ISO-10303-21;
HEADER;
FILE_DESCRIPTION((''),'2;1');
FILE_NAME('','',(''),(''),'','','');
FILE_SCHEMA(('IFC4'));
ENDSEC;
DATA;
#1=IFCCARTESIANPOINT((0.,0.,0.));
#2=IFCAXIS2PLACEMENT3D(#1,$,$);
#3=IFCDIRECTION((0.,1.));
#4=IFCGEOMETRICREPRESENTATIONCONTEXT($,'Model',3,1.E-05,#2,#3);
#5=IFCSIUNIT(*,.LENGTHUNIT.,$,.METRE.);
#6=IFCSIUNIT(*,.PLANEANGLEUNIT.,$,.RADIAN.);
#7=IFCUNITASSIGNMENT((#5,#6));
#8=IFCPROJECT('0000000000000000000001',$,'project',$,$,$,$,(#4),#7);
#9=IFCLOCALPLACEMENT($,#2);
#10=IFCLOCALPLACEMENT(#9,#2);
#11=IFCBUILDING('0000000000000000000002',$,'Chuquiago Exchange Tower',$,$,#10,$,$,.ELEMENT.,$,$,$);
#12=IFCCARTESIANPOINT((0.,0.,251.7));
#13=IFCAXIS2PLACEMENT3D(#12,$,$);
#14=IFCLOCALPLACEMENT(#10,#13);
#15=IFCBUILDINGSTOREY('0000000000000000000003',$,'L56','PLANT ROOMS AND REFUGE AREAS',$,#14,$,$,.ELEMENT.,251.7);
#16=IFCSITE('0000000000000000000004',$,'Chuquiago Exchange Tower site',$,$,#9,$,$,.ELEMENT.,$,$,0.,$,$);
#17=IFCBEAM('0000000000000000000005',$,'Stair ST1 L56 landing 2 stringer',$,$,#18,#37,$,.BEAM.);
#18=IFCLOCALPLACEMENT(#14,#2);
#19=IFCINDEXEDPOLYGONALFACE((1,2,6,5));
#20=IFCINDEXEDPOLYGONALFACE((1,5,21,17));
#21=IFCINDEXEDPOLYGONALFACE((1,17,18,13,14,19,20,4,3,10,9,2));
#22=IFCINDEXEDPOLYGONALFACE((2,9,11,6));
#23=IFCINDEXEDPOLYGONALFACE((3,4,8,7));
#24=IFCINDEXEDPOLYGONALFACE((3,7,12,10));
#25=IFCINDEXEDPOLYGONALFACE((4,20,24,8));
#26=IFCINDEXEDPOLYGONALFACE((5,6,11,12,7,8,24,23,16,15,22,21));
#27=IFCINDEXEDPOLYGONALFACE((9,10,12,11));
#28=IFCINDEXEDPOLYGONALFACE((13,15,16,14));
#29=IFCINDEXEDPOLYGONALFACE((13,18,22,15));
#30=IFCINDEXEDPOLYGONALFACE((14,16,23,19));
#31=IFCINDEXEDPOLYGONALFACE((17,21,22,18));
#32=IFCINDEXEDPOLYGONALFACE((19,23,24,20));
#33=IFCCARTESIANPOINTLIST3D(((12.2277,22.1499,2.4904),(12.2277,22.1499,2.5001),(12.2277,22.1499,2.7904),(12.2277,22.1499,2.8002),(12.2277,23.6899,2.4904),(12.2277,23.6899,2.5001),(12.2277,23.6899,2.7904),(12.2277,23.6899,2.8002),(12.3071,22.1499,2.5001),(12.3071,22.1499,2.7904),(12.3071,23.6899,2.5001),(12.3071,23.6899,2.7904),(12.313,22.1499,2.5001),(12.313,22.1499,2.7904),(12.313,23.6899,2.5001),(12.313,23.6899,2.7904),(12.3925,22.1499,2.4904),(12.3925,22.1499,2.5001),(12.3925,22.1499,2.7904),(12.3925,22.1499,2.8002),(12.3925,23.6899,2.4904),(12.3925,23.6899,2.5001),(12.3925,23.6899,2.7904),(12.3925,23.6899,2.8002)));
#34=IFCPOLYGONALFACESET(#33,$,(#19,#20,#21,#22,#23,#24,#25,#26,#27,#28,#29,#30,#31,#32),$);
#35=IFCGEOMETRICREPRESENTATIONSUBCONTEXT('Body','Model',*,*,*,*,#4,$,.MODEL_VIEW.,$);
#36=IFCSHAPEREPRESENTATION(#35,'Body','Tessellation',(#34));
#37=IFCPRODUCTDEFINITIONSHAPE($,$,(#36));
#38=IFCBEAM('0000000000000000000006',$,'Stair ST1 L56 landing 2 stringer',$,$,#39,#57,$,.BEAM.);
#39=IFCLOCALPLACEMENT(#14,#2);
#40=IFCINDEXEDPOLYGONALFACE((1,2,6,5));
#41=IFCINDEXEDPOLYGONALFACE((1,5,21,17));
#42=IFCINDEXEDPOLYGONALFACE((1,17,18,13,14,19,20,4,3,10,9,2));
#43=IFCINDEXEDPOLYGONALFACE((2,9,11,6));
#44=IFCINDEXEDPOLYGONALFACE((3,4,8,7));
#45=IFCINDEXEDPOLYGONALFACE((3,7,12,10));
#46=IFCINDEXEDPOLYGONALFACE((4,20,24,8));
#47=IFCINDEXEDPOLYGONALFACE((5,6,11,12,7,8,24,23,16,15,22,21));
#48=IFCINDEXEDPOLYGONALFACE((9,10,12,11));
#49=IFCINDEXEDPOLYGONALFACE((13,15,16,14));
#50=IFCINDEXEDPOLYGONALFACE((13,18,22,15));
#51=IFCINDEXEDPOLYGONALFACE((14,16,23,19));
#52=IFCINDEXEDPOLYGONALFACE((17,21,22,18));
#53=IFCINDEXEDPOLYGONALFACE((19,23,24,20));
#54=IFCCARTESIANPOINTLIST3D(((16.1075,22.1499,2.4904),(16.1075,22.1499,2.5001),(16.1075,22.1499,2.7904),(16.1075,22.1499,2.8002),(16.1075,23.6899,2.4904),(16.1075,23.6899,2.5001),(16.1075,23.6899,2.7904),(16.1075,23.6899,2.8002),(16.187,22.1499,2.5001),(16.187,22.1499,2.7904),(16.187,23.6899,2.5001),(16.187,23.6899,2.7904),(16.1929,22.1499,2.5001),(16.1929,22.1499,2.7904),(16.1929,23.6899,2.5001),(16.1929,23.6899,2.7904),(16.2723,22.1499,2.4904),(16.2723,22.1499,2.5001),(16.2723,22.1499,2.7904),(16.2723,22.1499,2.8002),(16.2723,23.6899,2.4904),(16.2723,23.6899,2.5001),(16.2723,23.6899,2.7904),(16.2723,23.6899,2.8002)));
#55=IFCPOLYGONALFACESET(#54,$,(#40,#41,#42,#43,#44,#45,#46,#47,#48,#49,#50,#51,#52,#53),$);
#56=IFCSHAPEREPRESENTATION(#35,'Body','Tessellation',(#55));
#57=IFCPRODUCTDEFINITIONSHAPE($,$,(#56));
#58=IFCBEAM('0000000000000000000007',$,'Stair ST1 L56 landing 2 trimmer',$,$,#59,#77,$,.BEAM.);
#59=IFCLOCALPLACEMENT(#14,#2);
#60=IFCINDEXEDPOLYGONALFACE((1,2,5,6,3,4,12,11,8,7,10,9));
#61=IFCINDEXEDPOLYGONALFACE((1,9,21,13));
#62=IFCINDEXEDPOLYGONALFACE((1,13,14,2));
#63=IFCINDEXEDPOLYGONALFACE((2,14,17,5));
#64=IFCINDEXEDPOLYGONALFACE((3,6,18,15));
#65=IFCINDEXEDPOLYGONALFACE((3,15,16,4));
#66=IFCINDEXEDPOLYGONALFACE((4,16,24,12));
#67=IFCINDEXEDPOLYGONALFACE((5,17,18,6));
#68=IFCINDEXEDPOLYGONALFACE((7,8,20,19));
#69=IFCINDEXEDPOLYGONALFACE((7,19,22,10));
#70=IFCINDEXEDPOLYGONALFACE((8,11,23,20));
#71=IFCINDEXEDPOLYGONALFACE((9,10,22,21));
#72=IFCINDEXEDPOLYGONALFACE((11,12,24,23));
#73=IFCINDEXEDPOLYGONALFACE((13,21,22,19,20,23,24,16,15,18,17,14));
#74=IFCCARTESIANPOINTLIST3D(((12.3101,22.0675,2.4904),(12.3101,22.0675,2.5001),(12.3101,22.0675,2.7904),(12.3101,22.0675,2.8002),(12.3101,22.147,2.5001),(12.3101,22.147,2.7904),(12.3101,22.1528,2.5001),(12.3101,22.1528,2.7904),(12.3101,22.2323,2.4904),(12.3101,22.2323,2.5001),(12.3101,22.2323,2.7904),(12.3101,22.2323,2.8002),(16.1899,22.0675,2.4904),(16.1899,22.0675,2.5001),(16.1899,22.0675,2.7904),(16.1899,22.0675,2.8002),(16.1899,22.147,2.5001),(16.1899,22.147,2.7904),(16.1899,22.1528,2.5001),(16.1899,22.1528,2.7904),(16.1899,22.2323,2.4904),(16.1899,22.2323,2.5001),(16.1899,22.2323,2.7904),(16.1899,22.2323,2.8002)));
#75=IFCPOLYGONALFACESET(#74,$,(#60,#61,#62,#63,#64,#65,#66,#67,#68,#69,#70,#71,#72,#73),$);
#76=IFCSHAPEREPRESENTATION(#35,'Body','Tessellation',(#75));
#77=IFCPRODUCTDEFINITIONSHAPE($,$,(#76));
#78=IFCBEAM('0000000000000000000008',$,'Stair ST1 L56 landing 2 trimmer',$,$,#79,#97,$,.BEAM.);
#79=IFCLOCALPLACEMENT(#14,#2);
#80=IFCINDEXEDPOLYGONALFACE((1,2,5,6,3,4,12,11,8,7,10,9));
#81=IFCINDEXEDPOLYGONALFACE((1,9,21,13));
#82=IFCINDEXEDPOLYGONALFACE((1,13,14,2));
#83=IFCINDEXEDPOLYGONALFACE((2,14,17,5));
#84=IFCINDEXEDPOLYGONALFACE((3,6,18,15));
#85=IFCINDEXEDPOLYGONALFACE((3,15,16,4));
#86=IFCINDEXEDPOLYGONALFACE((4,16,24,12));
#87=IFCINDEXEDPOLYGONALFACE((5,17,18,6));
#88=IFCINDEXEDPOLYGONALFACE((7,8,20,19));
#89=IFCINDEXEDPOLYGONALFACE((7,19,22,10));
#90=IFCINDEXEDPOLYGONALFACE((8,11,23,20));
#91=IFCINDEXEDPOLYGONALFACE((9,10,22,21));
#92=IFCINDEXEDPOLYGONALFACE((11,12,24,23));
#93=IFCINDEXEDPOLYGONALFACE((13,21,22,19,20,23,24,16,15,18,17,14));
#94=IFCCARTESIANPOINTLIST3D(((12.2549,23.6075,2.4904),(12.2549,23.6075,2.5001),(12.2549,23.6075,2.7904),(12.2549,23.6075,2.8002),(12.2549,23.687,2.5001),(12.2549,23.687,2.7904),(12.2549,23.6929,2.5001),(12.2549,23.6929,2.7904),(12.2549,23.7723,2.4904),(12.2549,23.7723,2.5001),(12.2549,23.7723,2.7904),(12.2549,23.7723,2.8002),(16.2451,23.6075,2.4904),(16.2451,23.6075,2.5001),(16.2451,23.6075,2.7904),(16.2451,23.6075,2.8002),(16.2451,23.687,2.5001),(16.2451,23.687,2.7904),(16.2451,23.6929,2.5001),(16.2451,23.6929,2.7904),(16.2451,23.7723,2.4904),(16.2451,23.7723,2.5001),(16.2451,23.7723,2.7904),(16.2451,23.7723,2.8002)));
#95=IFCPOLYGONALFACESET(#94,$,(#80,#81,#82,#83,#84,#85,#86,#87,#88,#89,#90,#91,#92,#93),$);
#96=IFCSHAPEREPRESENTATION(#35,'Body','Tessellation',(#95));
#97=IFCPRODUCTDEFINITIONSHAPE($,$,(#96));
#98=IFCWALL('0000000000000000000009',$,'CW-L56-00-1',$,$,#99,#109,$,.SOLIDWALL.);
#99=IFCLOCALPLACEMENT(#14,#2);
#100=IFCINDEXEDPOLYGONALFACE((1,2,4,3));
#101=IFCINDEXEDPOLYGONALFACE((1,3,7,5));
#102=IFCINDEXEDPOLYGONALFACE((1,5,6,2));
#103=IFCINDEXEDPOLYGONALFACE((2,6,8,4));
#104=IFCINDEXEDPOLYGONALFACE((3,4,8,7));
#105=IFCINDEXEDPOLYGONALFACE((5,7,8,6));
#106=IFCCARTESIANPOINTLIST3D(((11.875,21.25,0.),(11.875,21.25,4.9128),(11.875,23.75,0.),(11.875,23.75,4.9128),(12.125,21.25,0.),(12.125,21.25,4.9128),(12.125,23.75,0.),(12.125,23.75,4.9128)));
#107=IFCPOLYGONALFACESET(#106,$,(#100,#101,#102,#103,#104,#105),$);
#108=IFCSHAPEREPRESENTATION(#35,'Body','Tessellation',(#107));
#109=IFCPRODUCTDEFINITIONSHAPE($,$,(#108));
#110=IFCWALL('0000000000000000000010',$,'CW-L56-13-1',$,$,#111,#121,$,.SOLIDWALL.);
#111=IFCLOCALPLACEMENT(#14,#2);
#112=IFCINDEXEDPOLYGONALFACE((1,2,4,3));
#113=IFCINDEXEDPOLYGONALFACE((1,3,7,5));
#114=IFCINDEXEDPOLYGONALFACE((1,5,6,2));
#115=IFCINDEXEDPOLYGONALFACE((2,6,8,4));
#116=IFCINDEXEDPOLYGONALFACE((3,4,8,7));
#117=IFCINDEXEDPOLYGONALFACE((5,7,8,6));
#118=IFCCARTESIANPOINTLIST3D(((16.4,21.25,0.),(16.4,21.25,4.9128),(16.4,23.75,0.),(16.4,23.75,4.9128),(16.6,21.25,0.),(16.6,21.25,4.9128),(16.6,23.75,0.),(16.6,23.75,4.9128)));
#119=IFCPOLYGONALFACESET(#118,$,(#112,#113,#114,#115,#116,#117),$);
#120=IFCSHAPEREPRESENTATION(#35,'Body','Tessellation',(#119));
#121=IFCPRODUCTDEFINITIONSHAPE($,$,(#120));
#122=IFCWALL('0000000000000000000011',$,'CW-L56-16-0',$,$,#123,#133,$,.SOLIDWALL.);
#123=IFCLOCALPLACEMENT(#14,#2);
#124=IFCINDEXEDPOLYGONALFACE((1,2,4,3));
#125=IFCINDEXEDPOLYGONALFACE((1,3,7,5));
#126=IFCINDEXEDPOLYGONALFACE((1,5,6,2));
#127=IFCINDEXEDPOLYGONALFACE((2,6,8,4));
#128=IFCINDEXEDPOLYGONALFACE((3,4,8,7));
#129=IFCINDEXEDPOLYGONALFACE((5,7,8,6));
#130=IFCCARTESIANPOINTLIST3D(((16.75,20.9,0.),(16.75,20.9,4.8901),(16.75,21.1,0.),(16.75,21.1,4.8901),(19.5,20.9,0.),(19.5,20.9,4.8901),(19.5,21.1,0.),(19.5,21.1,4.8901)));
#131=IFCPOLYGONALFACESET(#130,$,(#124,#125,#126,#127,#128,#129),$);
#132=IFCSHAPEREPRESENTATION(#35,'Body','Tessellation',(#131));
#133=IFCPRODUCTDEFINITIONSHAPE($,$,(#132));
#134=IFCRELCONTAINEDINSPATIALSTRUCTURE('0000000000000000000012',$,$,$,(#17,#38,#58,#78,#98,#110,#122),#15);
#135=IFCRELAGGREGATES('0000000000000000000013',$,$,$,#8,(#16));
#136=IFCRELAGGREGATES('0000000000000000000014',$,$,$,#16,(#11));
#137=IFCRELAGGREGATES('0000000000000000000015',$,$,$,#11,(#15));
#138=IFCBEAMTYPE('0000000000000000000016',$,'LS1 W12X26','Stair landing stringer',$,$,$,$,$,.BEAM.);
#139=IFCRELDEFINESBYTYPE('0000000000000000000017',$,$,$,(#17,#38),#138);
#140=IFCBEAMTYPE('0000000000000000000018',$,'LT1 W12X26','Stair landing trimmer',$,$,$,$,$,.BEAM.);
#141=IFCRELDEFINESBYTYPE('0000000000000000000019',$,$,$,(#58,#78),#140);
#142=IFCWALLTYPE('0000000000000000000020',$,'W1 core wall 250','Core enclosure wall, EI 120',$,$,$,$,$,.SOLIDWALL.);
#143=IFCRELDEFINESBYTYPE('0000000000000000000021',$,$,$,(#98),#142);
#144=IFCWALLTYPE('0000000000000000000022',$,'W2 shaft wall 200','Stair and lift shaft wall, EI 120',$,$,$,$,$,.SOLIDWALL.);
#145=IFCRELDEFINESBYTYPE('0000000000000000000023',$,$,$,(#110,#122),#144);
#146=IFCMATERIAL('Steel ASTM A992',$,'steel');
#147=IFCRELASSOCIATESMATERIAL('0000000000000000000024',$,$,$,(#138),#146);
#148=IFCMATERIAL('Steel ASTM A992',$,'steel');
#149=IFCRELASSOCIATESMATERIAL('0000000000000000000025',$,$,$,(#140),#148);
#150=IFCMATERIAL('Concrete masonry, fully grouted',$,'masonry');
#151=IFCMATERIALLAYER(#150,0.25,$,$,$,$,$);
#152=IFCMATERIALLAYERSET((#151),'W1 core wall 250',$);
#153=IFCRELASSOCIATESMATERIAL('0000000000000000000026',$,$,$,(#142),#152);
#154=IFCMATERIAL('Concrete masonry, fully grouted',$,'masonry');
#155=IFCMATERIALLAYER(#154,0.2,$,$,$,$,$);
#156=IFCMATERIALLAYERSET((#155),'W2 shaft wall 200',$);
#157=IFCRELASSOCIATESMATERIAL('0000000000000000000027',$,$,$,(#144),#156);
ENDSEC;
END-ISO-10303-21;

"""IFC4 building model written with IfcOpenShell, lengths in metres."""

from ifc_helpers import new_model, si_unit, direction, frame, frame_2d, origin, origin_2d, place, context, subcontext, project, spatial, rectangle, i_section, extrude, material, layer, layer_set, material_profile, profile_set, type_object, element, save


model = new_model("IFC4")

# Units and contexts
model_context = context("Model", 3, precision=1e-05, world=origin(), true_north=direction((0.0, 1.0)))
body_context = subcontext(model_context, "Body", "Model", "MODEL_VIEW")
ifc_project = project(units=[si_unit("LENGTHUNIT", "METRE"), si_unit("PLANEANGLEUNIT", "RADIAN")], contexts=[model_context])

# Site, building, storey
site_placement = place(None, origin())
site = spatial("IfcSite", under=ifc_project, at=site_placement, Name="Chuquiago Exchange Tower site", CompositionType="ELEMENT", RefElevation=0.0)
building_placement = place(site_placement, origin())
building = spatial("IfcBuilding", under=site, at=building_placement, Name="Chuquiago Exchange Tower", CompositionType="ELEMENT")
storey_placement = place(building_placement, frame((0.0, 0.0, 251.7)))
storey = spatial("IfcBuildingStorey", under=building, at=storey_placement, Name="L56", Description="PLANT ROOMS AND REFUGE AREAS", CompositionType="ELEMENT", Elevation=251.7)

# Beams
ifc_material_1 = material(Name="Steel ASTM A992", Category="steel")
ifc_material_profile_1 = material_profile(ifc_material_1, i_section(OverallWidth=0.1648, OverallDepth=0.3098, WebThickness=0.0059, FlangeThickness=0.0098, at=origin_2d()), Name="W12X26")
ifc_profile_set_1 = profile_set([ifc_material_profile_1], Name="Steel ASTM A992")
beam_type_1 = type_object("IfcBeamType", Name="LS1 W12X26", Description="Stair landing stringer", PredefinedType="BEAM", material=ifc_profile_set_1)
for number, where, z_axis, x_axis, name in (
    (1, (12.3101, 22.1499, 2.6453), (0.0, 1.0, 0.0), (-1.0, 0.0, 0.0), "Stair ST1 L56 landing 2 stringer"),
    (2, (16.1899, 22.1499, 2.6453), (0.0, 1.0, 0.0), (-1.0, 0.0, 0.0), "Stair ST1 L56 landing 2 stringer"),
):
    element("IfcBeam", number, at=place(storey_placement, frame(where, z_axis=z_axis, x_axis=x_axis)), inside=storey, type_object=beam_type_1, Name=name, PredefinedType="BEAM", context=body_context, shape_type="SweptSolid", body=[
        extrude(i_section(OverallWidth=0.1648, OverallDepth=0.3098, WebThickness=0.0059, FlangeThickness=0.0098, at=origin_2d()), origin(), (0.0, 0.0, 1.0), 1.54),
    ])
ifc_material_2 = material(Name="Steel ASTM A992", Category="steel")
ifc_material_profile_2 = material_profile(ifc_material_2, i_section(OverallWidth=0.1648, OverallDepth=0.3098, WebThickness=0.0059, FlangeThickness=0.0098, at=origin_2d()), Name="W12X26")
ifc_profile_set_2 = profile_set([ifc_material_profile_2], Name="Steel ASTM A992")
beam_type_2 = type_object("IfcBeamType", Name="LT1 W12X26", Description="Stair landing trimmer", PredefinedType="BEAM", material=ifc_profile_set_2)
beam_1_placement = place(storey_placement, frame((12.3101, 22.1499, 2.6453), z_axis=(1.0, 0.0, 0.0), x_axis=(0.0, 1.0, 0.0)))
element("IfcBeam", 3, at=beam_1_placement, inside=storey, type_object=beam_type_2, Name="Stair ST1 L56 landing 2 trimmer", PredefinedType="BEAM", context=body_context, shape_type="SweptSolid", body=[
    extrude(i_section(OverallWidth=0.1648, OverallDepth=0.3098, WebThickness=0.0059, FlangeThickness=0.0098, at=origin_2d()), origin(), (0.0, 0.0, 1.0), 3.8799),
])
beam_2_placement = place(storey_placement, frame((12.2549, 23.6899, 2.6453), z_axis=(1.0, 0.0, 0.0), x_axis=(0.0, 1.0, 0.0)))
element("IfcBeam", 4, at=beam_2_placement, inside=storey, type_object=beam_type_2, Name="Stair ST1 L56 landing 2 trimmer", PredefinedType="BEAM", context=body_context, shape_type="SweptSolid", body=[
    extrude(i_section(OverallWidth=0.1648, OverallDepth=0.3098, WebThickness=0.0059, FlangeThickness=0.0098, at=origin_2d()), origin(), (0.0, 0.0, 1.0), 3.9902),
])

# Walls
ifc_material_3 = material(Name="Concrete masonry, fully grouted", Category="masonry")
ifc_layer_1 = layer(ifc_material_3, 0.25)
ifc_layer_set_1 = layer_set([ifc_layer_1], Name="W1 core wall 250")
wall_type_1 = type_object("IfcWallType", Name="W1 core wall 250", Description="Core enclosure wall, EI 120", PredefinedType="SOLIDWALL", material=ifc_layer_set_1)
wall_1_placement = place(storey_placement, frame((12.0, 21.25, 0.0), z_axis=(0.0, 0.0, 1.0), x_axis=(0.0, 1.0, 0.0)))
element("IfcWall", 5, at=wall_1_placement, inside=storey, type_object=wall_type_1, Name="CW-L56-00-1", PredefinedType="SOLIDWALL", context=body_context, shape_type="SweptSolid", body=[
    extrude(rectangle(XDim=2.5, YDim=0.25, at=frame_2d((1.25, 0.0))), origin(), (0.0, 0.0, 1.0), 4.9128),
])
ifc_material_4 = material(Name="Concrete masonry, fully grouted", Category="masonry")
ifc_layer_2 = layer(ifc_material_4, 0.2)
ifc_layer_set_2 = layer_set([ifc_layer_2], Name="W2 shaft wall 200")
wall_type_2 = type_object("IfcWallType", Name="W2 shaft wall 200", Description="Stair and lift shaft wall, EI 120", PredefinedType="SOLIDWALL", material=ifc_layer_set_2)
wall_2_placement = place(storey_placement, frame((16.5, 21.25, 0.0), z_axis=(0.0, 0.0, 1.0), x_axis=(0.0, 1.0, 0.0)))
element("IfcWall", 6, at=wall_2_placement, inside=storey, type_object=wall_type_2, Name="CW-L56-13-1", PredefinedType="SOLIDWALL", context=body_context, shape_type="SweptSolid", body=[
    extrude(rectangle(XDim=2.5, YDim=0.2, at=frame_2d((1.25, 0.0))), origin(), (0.0, 0.0, 1.0), 4.9128),
])
wall_3_placement = place(storey_placement, frame((16.75, 21.0, 0.0), z_axis=(0.0, 0.0, 1.0), x_axis=(1.0, 0.0, 0.0)))
element("IfcWall", 7, at=wall_3_placement, inside=storey, type_object=wall_type_2, Name="CW-L56-16-0", PredefinedType="SOLIDWALL", context=body_context, shape_type="SweptSolid", body=[
    extrude(rectangle(XDim=2.75, YDim=0.2, at=frame_2d((1.375, 0.0))), origin(), (0.0, 0.0, 1.0), 4.8901),
])

save(model, "model.ifc")
